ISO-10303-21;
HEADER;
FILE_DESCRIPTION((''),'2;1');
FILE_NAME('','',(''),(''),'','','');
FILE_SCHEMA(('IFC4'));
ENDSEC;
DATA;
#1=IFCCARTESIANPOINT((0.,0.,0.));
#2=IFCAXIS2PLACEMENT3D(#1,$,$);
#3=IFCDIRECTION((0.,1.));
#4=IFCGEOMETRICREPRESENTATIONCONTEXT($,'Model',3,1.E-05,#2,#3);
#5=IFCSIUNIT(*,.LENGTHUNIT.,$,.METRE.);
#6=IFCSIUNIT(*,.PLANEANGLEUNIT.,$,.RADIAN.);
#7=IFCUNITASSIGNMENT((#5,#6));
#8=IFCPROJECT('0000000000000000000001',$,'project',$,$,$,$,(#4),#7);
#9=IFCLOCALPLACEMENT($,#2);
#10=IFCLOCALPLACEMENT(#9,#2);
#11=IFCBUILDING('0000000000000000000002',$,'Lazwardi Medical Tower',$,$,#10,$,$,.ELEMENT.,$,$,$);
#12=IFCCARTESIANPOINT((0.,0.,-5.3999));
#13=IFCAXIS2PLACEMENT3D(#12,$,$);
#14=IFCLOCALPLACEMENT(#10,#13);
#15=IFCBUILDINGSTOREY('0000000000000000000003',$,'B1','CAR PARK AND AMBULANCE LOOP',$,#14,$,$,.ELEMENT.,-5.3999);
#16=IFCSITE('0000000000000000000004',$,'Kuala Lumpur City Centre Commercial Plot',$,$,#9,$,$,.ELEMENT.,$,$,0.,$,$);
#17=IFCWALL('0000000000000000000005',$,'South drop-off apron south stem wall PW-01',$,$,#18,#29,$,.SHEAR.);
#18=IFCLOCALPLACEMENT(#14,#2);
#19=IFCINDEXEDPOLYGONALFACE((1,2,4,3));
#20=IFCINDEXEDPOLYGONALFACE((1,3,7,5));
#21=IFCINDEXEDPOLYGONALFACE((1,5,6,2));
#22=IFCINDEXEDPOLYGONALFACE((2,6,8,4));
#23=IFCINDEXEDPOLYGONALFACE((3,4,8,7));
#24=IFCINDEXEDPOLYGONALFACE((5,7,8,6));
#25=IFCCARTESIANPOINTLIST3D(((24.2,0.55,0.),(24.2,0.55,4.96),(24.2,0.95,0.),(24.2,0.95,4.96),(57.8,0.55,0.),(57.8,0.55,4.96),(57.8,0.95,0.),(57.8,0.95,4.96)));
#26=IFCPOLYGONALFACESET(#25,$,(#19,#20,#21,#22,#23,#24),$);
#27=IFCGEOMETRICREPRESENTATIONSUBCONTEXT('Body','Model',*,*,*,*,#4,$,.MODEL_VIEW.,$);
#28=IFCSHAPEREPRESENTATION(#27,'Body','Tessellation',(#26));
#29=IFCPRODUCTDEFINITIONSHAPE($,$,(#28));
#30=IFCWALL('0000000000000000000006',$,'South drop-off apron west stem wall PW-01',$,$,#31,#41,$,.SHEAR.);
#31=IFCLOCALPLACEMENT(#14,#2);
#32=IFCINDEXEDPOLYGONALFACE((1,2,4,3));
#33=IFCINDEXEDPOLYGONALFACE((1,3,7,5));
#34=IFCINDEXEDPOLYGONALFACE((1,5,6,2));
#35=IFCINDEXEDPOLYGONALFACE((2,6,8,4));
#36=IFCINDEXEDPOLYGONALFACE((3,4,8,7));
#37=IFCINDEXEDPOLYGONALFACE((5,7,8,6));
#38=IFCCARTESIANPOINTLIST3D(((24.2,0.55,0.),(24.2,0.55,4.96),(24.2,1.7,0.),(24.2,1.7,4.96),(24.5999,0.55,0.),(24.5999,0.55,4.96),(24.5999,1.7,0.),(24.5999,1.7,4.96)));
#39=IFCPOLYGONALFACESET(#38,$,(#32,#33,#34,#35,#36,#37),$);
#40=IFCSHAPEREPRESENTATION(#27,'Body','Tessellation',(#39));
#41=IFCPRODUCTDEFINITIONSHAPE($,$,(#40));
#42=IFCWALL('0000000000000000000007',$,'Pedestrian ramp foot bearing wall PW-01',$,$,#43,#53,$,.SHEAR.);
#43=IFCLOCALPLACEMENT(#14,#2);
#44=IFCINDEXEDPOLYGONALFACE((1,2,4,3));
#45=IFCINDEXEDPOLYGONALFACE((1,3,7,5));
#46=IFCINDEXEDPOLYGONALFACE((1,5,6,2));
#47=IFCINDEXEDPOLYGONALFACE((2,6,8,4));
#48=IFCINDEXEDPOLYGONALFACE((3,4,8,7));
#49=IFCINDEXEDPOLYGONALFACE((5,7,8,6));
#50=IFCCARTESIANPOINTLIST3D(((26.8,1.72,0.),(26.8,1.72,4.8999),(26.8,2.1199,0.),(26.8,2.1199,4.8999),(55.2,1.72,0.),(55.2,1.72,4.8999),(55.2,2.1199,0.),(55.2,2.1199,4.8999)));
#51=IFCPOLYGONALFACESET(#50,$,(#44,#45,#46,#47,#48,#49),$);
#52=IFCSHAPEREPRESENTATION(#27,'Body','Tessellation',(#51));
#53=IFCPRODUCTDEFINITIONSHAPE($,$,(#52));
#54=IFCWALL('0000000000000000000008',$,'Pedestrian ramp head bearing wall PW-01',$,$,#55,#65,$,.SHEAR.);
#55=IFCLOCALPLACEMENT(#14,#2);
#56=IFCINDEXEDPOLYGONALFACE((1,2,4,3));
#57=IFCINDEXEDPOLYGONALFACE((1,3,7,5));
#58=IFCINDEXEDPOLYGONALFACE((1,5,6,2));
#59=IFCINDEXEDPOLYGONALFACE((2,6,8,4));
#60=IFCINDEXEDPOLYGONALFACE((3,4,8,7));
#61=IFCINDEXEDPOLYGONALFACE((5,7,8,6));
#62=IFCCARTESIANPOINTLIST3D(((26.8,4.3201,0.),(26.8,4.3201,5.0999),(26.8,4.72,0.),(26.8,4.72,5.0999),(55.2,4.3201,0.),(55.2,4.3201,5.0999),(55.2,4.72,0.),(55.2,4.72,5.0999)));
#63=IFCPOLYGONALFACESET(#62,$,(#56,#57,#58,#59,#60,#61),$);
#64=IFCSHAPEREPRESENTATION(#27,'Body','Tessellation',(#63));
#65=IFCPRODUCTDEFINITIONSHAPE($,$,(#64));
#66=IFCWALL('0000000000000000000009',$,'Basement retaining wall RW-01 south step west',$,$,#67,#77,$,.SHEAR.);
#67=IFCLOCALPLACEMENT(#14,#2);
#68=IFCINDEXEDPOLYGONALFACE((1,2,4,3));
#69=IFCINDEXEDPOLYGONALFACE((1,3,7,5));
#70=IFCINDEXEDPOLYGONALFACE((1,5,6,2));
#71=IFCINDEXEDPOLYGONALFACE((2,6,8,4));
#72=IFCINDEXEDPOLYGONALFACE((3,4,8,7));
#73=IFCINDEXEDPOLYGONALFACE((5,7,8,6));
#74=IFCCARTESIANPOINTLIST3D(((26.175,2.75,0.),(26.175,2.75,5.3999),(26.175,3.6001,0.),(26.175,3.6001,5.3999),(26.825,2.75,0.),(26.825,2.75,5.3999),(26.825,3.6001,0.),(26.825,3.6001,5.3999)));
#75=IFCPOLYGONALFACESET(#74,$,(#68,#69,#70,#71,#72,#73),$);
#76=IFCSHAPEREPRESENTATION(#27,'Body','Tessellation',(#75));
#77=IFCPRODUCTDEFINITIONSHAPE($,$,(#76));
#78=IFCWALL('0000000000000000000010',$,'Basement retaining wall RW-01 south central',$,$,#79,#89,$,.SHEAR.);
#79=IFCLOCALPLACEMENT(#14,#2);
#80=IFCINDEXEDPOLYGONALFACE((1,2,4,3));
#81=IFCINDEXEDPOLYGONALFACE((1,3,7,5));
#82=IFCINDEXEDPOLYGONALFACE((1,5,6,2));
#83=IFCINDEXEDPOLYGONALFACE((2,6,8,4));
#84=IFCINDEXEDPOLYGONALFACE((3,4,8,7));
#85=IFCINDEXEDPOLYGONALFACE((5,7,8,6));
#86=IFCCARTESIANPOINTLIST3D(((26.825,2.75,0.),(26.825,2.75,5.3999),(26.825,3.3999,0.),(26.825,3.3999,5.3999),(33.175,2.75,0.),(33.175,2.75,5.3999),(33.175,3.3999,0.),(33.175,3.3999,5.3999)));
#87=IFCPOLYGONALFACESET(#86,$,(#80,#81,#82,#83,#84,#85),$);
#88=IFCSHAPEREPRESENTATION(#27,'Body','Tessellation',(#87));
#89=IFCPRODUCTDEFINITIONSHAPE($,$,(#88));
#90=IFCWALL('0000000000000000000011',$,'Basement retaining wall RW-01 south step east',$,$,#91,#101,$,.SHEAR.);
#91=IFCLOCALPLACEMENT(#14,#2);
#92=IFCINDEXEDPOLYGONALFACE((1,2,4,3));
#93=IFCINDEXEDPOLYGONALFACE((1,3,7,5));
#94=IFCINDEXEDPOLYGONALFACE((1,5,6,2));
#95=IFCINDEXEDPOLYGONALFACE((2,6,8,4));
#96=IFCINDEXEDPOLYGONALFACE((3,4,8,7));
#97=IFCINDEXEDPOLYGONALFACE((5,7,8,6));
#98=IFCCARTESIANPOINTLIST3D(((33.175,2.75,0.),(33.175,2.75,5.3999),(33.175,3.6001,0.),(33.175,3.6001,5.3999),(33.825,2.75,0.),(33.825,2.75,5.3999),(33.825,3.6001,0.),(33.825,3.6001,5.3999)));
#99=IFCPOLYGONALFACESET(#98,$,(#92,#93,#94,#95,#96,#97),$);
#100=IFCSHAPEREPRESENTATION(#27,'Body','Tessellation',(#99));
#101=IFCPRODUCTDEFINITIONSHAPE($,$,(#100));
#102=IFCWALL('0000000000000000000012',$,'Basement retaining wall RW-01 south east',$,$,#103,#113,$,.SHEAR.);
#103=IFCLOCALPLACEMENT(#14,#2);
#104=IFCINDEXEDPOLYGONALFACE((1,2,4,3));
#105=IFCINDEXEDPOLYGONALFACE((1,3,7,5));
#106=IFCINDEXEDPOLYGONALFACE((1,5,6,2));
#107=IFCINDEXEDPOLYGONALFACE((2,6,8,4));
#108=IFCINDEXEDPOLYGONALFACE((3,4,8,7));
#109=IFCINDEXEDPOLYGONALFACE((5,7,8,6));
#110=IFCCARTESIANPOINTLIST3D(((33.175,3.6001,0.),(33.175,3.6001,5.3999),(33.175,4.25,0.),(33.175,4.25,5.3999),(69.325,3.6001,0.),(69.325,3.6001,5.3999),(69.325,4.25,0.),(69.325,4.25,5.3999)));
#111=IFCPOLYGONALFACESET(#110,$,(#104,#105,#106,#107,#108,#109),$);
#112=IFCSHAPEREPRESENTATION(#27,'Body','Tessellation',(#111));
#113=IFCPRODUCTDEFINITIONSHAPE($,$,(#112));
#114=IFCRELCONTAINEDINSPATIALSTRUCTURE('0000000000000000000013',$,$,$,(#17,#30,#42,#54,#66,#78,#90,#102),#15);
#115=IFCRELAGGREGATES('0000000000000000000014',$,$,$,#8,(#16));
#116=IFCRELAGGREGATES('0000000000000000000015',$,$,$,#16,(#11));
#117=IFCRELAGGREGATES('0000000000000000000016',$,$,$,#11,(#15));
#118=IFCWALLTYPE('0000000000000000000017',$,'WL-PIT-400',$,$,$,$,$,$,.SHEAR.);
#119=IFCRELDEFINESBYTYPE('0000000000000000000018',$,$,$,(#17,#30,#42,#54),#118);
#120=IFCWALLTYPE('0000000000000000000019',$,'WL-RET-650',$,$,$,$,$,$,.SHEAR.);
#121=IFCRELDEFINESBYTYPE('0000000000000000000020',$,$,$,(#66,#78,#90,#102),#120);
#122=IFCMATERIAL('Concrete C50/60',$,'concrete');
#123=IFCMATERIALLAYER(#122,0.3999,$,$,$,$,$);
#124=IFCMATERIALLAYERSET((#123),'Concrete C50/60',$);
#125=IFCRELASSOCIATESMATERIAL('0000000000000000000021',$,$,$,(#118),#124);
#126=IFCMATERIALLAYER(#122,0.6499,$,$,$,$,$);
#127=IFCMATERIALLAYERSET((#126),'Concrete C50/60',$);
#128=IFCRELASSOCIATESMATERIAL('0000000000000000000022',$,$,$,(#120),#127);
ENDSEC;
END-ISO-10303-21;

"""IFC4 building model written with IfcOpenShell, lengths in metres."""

from ifc_helpers import new_model, si_unit, direction, frame, frame_2d, origin, place, context, subcontext, project, spatial, rectangle, extrude, material, layer, layer_set, type_object, element, save


model = new_model("IFC4")

# Units and contexts
model_context = context("Model", 3, precision=1e-05, world=origin(), true_north=direction((0.0, 1.0)))
body_context = subcontext(model_context, "Body", "Model", "MODEL_VIEW")
ifc_project = project(units=[si_unit("LENGTHUNIT", "METRE"), si_unit("PLANEANGLEUNIT", "RADIAN")], contexts=[model_context])

# Site, building, storey
site_placement = place(None, origin())
site = spatial("IfcSite", under=ifc_project, at=site_placement, Name="Kuala Lumpur City Centre Commercial Plot", CompositionType="ELEMENT", RefElevation=0.0)
building_placement = place(site_placement, origin())
building = spatial("IfcBuilding", under=site, at=building_placement, Name="Lazwardi Medical Tower", CompositionType="ELEMENT")
storey_placement = place(building_placement, frame((0.0, 0.0, -5.3999)))
storey = spatial("IfcBuildingStorey", under=building, at=storey_placement, Name="B1", Description="CAR PARK AND AMBULANCE LOOP", CompositionType="ELEMENT", Elevation=-5.3999)

# Shared definitions
ifc_material_1 = material(Name="Concrete C50/60", Category="concrete")

# Walls
ifc_layer_1 = layer(ifc_material_1, 0.3999)
ifc_layer_set_1 = layer_set([ifc_layer_1], Name="Concrete C50/60")
wall_type_1 = type_object("IfcWallType", Name="WL-PIT-400", PredefinedType="SHEAR", material=ifc_layer_set_1)
for number, where, z_axis, x_axis, name in (
    (1, (24.2, 0.75, 0.0), (0.0, 0.0, 1.0), (1.0, 0.0, 0.0), "South drop-off apron south stem wall PW-01"),
):
    element("IfcWall", number, at=place(storey_placement, frame(where, z_axis=z_axis, x_axis=x_axis)), inside=storey, type_object=wall_type_1, Name=name, PredefinedType="SHEAR", context=body_context, shape_type="SweptSolid", body=[
        extrude(rectangle(XDim=33.6001, YDim=0.3999, at=frame_2d((16.8, 0.0))), origin(), (0.0, 0.0, 1.0), 4.96),
    ])
wall_1_placement = place(storey_placement, frame((24.3999, 0.55, 0.0), z_axis=(0.0, 0.0, 1.0), x_axis=(0.0, 1.0, 0.0)))
element("IfcWall", 2, at=wall_1_placement, inside=storey, type_object=wall_type_1, Name="South drop-off apron west stem wall PW-01", PredefinedType="SHEAR", context=body_context, shape_type="SweptSolid", body=[
    extrude(rectangle(XDim=1.1499, YDim=0.3999, at=frame_2d((0.575, 0.0))), origin(), (0.0, 0.0, 1.0), 4.96),
])
wall_2_placement = place(storey_placement, frame((26.8, 1.9199, 0.0), z_axis=(0.0, 0.0, 1.0), x_axis=(1.0, 0.0, 0.0)))
element("IfcWall", 3, at=wall_2_placement, inside=storey, type_object=wall_type_1, Name="Pedestrian ramp foot bearing wall PW-01", PredefinedType="SHEAR", context=body_context, shape_type="SweptSolid", body=[
    extrude(rectangle(XDim=28.3999, YDim=0.3999, at=frame_2d((14.2, 0.0))), origin(), (0.0, 0.0, 1.0), 4.8999),
])
wall_3_placement = place(storey_placement, frame((26.8, 4.52, 0.0), z_axis=(0.0, 0.0, 1.0), x_axis=(1.0, 0.0, 0.0)))
element("IfcWall", 4, at=wall_3_placement, inside=storey, type_object=wall_type_1, Name="Pedestrian ramp head bearing wall PW-01", PredefinedType="SHEAR", context=body_context, shape_type="SweptSolid", body=[
    extrude(rectangle(XDim=28.3999, YDim=0.3999, at=frame_2d((14.2, 0.0))), origin(), (0.0, 0.0, 1.0), 5.0999),
])
ifc_layer_2 = layer(ifc_material_1, 0.6499)
ifc_layer_set_2 = layer_set([ifc_layer_2], Name="Concrete C50/60")
wall_type_2 = type_object("IfcWallType", Name="WL-RET-650", PredefinedType="SHEAR", material=ifc_layer_set_2)
wall_4_placement = place(storey_placement, frame((26.5, 3.6001, 0.0), z_axis=(0.0, 0.0, 1.0), x_axis=(0.0, -1.0, 0.0)))
element("IfcWall", 5, at=wall_4_placement, inside=storey, type_object=wall_type_2, Name="Basement retaining wall RW-01 south step west", PredefinedType="SHEAR", context=body_context, shape_type="SweptSolid", body=[
    extrude(rectangle(XDim=0.8501, YDim=0.6499, at=frame_2d((0.425, 0.0))), origin(), (0.0, 0.0, 1.0), 5.3999),
])
wall_5_placement = place(storey_placement, frame((26.825, 3.075, 0.0), z_axis=(0.0, 0.0, 1.0), x_axis=(1.0, 0.0, 0.0)))
element("IfcWall", 6, at=wall_5_placement, inside=storey, type_object=wall_type_2, Name="Basement retaining wall RW-01 south central", PredefinedType="SHEAR", context=body_context, shape_type="SweptSolid", body=[
    extrude(rectangle(XDim=6.3501, YDim=0.6499, at=frame_2d((3.175, 0.0))), origin(), (0.0, 0.0, 1.0), 5.3999),
])
wall_6_placement = place(storey_placement, frame((33.5, 2.75, 0.0), z_axis=(0.0, 0.0, 1.0), x_axis=(0.0, 1.0, 0.0)))
element("IfcWall", 7, at=wall_6_placement, inside=storey, type_object=wall_type_2, Name="Basement retaining wall RW-01 south step east", PredefinedType="SHEAR", context=body_context, shape_type="SweptSolid", body=[
    extrude(rectangle(XDim=0.8501, YDim=0.6499, at=frame_2d((0.425, 0.0))), origin(), (0.0, 0.0, 1.0), 5.3999),
])
wall_7_placement = place(storey_placement, frame((33.175, 3.925, 0.0), z_axis=(0.0, 0.0, 1.0), x_axis=(1.0, 0.0, 0.0)))
element("IfcWall", 8, at=wall_7_placement, inside=storey, type_object=wall_type_2, Name="Basement retaining wall RW-01 south east", PredefinedType="SHEAR", context=body_context, shape_type="SweptSolid", body=[
    extrude(rectangle(XDim=36.1499, YDim=0.6499, at=frame_2d((18.075, 0.0))), origin(), (0.0, 0.0, 1.0), 5.3999),
])

save(model, "model.ifc")
